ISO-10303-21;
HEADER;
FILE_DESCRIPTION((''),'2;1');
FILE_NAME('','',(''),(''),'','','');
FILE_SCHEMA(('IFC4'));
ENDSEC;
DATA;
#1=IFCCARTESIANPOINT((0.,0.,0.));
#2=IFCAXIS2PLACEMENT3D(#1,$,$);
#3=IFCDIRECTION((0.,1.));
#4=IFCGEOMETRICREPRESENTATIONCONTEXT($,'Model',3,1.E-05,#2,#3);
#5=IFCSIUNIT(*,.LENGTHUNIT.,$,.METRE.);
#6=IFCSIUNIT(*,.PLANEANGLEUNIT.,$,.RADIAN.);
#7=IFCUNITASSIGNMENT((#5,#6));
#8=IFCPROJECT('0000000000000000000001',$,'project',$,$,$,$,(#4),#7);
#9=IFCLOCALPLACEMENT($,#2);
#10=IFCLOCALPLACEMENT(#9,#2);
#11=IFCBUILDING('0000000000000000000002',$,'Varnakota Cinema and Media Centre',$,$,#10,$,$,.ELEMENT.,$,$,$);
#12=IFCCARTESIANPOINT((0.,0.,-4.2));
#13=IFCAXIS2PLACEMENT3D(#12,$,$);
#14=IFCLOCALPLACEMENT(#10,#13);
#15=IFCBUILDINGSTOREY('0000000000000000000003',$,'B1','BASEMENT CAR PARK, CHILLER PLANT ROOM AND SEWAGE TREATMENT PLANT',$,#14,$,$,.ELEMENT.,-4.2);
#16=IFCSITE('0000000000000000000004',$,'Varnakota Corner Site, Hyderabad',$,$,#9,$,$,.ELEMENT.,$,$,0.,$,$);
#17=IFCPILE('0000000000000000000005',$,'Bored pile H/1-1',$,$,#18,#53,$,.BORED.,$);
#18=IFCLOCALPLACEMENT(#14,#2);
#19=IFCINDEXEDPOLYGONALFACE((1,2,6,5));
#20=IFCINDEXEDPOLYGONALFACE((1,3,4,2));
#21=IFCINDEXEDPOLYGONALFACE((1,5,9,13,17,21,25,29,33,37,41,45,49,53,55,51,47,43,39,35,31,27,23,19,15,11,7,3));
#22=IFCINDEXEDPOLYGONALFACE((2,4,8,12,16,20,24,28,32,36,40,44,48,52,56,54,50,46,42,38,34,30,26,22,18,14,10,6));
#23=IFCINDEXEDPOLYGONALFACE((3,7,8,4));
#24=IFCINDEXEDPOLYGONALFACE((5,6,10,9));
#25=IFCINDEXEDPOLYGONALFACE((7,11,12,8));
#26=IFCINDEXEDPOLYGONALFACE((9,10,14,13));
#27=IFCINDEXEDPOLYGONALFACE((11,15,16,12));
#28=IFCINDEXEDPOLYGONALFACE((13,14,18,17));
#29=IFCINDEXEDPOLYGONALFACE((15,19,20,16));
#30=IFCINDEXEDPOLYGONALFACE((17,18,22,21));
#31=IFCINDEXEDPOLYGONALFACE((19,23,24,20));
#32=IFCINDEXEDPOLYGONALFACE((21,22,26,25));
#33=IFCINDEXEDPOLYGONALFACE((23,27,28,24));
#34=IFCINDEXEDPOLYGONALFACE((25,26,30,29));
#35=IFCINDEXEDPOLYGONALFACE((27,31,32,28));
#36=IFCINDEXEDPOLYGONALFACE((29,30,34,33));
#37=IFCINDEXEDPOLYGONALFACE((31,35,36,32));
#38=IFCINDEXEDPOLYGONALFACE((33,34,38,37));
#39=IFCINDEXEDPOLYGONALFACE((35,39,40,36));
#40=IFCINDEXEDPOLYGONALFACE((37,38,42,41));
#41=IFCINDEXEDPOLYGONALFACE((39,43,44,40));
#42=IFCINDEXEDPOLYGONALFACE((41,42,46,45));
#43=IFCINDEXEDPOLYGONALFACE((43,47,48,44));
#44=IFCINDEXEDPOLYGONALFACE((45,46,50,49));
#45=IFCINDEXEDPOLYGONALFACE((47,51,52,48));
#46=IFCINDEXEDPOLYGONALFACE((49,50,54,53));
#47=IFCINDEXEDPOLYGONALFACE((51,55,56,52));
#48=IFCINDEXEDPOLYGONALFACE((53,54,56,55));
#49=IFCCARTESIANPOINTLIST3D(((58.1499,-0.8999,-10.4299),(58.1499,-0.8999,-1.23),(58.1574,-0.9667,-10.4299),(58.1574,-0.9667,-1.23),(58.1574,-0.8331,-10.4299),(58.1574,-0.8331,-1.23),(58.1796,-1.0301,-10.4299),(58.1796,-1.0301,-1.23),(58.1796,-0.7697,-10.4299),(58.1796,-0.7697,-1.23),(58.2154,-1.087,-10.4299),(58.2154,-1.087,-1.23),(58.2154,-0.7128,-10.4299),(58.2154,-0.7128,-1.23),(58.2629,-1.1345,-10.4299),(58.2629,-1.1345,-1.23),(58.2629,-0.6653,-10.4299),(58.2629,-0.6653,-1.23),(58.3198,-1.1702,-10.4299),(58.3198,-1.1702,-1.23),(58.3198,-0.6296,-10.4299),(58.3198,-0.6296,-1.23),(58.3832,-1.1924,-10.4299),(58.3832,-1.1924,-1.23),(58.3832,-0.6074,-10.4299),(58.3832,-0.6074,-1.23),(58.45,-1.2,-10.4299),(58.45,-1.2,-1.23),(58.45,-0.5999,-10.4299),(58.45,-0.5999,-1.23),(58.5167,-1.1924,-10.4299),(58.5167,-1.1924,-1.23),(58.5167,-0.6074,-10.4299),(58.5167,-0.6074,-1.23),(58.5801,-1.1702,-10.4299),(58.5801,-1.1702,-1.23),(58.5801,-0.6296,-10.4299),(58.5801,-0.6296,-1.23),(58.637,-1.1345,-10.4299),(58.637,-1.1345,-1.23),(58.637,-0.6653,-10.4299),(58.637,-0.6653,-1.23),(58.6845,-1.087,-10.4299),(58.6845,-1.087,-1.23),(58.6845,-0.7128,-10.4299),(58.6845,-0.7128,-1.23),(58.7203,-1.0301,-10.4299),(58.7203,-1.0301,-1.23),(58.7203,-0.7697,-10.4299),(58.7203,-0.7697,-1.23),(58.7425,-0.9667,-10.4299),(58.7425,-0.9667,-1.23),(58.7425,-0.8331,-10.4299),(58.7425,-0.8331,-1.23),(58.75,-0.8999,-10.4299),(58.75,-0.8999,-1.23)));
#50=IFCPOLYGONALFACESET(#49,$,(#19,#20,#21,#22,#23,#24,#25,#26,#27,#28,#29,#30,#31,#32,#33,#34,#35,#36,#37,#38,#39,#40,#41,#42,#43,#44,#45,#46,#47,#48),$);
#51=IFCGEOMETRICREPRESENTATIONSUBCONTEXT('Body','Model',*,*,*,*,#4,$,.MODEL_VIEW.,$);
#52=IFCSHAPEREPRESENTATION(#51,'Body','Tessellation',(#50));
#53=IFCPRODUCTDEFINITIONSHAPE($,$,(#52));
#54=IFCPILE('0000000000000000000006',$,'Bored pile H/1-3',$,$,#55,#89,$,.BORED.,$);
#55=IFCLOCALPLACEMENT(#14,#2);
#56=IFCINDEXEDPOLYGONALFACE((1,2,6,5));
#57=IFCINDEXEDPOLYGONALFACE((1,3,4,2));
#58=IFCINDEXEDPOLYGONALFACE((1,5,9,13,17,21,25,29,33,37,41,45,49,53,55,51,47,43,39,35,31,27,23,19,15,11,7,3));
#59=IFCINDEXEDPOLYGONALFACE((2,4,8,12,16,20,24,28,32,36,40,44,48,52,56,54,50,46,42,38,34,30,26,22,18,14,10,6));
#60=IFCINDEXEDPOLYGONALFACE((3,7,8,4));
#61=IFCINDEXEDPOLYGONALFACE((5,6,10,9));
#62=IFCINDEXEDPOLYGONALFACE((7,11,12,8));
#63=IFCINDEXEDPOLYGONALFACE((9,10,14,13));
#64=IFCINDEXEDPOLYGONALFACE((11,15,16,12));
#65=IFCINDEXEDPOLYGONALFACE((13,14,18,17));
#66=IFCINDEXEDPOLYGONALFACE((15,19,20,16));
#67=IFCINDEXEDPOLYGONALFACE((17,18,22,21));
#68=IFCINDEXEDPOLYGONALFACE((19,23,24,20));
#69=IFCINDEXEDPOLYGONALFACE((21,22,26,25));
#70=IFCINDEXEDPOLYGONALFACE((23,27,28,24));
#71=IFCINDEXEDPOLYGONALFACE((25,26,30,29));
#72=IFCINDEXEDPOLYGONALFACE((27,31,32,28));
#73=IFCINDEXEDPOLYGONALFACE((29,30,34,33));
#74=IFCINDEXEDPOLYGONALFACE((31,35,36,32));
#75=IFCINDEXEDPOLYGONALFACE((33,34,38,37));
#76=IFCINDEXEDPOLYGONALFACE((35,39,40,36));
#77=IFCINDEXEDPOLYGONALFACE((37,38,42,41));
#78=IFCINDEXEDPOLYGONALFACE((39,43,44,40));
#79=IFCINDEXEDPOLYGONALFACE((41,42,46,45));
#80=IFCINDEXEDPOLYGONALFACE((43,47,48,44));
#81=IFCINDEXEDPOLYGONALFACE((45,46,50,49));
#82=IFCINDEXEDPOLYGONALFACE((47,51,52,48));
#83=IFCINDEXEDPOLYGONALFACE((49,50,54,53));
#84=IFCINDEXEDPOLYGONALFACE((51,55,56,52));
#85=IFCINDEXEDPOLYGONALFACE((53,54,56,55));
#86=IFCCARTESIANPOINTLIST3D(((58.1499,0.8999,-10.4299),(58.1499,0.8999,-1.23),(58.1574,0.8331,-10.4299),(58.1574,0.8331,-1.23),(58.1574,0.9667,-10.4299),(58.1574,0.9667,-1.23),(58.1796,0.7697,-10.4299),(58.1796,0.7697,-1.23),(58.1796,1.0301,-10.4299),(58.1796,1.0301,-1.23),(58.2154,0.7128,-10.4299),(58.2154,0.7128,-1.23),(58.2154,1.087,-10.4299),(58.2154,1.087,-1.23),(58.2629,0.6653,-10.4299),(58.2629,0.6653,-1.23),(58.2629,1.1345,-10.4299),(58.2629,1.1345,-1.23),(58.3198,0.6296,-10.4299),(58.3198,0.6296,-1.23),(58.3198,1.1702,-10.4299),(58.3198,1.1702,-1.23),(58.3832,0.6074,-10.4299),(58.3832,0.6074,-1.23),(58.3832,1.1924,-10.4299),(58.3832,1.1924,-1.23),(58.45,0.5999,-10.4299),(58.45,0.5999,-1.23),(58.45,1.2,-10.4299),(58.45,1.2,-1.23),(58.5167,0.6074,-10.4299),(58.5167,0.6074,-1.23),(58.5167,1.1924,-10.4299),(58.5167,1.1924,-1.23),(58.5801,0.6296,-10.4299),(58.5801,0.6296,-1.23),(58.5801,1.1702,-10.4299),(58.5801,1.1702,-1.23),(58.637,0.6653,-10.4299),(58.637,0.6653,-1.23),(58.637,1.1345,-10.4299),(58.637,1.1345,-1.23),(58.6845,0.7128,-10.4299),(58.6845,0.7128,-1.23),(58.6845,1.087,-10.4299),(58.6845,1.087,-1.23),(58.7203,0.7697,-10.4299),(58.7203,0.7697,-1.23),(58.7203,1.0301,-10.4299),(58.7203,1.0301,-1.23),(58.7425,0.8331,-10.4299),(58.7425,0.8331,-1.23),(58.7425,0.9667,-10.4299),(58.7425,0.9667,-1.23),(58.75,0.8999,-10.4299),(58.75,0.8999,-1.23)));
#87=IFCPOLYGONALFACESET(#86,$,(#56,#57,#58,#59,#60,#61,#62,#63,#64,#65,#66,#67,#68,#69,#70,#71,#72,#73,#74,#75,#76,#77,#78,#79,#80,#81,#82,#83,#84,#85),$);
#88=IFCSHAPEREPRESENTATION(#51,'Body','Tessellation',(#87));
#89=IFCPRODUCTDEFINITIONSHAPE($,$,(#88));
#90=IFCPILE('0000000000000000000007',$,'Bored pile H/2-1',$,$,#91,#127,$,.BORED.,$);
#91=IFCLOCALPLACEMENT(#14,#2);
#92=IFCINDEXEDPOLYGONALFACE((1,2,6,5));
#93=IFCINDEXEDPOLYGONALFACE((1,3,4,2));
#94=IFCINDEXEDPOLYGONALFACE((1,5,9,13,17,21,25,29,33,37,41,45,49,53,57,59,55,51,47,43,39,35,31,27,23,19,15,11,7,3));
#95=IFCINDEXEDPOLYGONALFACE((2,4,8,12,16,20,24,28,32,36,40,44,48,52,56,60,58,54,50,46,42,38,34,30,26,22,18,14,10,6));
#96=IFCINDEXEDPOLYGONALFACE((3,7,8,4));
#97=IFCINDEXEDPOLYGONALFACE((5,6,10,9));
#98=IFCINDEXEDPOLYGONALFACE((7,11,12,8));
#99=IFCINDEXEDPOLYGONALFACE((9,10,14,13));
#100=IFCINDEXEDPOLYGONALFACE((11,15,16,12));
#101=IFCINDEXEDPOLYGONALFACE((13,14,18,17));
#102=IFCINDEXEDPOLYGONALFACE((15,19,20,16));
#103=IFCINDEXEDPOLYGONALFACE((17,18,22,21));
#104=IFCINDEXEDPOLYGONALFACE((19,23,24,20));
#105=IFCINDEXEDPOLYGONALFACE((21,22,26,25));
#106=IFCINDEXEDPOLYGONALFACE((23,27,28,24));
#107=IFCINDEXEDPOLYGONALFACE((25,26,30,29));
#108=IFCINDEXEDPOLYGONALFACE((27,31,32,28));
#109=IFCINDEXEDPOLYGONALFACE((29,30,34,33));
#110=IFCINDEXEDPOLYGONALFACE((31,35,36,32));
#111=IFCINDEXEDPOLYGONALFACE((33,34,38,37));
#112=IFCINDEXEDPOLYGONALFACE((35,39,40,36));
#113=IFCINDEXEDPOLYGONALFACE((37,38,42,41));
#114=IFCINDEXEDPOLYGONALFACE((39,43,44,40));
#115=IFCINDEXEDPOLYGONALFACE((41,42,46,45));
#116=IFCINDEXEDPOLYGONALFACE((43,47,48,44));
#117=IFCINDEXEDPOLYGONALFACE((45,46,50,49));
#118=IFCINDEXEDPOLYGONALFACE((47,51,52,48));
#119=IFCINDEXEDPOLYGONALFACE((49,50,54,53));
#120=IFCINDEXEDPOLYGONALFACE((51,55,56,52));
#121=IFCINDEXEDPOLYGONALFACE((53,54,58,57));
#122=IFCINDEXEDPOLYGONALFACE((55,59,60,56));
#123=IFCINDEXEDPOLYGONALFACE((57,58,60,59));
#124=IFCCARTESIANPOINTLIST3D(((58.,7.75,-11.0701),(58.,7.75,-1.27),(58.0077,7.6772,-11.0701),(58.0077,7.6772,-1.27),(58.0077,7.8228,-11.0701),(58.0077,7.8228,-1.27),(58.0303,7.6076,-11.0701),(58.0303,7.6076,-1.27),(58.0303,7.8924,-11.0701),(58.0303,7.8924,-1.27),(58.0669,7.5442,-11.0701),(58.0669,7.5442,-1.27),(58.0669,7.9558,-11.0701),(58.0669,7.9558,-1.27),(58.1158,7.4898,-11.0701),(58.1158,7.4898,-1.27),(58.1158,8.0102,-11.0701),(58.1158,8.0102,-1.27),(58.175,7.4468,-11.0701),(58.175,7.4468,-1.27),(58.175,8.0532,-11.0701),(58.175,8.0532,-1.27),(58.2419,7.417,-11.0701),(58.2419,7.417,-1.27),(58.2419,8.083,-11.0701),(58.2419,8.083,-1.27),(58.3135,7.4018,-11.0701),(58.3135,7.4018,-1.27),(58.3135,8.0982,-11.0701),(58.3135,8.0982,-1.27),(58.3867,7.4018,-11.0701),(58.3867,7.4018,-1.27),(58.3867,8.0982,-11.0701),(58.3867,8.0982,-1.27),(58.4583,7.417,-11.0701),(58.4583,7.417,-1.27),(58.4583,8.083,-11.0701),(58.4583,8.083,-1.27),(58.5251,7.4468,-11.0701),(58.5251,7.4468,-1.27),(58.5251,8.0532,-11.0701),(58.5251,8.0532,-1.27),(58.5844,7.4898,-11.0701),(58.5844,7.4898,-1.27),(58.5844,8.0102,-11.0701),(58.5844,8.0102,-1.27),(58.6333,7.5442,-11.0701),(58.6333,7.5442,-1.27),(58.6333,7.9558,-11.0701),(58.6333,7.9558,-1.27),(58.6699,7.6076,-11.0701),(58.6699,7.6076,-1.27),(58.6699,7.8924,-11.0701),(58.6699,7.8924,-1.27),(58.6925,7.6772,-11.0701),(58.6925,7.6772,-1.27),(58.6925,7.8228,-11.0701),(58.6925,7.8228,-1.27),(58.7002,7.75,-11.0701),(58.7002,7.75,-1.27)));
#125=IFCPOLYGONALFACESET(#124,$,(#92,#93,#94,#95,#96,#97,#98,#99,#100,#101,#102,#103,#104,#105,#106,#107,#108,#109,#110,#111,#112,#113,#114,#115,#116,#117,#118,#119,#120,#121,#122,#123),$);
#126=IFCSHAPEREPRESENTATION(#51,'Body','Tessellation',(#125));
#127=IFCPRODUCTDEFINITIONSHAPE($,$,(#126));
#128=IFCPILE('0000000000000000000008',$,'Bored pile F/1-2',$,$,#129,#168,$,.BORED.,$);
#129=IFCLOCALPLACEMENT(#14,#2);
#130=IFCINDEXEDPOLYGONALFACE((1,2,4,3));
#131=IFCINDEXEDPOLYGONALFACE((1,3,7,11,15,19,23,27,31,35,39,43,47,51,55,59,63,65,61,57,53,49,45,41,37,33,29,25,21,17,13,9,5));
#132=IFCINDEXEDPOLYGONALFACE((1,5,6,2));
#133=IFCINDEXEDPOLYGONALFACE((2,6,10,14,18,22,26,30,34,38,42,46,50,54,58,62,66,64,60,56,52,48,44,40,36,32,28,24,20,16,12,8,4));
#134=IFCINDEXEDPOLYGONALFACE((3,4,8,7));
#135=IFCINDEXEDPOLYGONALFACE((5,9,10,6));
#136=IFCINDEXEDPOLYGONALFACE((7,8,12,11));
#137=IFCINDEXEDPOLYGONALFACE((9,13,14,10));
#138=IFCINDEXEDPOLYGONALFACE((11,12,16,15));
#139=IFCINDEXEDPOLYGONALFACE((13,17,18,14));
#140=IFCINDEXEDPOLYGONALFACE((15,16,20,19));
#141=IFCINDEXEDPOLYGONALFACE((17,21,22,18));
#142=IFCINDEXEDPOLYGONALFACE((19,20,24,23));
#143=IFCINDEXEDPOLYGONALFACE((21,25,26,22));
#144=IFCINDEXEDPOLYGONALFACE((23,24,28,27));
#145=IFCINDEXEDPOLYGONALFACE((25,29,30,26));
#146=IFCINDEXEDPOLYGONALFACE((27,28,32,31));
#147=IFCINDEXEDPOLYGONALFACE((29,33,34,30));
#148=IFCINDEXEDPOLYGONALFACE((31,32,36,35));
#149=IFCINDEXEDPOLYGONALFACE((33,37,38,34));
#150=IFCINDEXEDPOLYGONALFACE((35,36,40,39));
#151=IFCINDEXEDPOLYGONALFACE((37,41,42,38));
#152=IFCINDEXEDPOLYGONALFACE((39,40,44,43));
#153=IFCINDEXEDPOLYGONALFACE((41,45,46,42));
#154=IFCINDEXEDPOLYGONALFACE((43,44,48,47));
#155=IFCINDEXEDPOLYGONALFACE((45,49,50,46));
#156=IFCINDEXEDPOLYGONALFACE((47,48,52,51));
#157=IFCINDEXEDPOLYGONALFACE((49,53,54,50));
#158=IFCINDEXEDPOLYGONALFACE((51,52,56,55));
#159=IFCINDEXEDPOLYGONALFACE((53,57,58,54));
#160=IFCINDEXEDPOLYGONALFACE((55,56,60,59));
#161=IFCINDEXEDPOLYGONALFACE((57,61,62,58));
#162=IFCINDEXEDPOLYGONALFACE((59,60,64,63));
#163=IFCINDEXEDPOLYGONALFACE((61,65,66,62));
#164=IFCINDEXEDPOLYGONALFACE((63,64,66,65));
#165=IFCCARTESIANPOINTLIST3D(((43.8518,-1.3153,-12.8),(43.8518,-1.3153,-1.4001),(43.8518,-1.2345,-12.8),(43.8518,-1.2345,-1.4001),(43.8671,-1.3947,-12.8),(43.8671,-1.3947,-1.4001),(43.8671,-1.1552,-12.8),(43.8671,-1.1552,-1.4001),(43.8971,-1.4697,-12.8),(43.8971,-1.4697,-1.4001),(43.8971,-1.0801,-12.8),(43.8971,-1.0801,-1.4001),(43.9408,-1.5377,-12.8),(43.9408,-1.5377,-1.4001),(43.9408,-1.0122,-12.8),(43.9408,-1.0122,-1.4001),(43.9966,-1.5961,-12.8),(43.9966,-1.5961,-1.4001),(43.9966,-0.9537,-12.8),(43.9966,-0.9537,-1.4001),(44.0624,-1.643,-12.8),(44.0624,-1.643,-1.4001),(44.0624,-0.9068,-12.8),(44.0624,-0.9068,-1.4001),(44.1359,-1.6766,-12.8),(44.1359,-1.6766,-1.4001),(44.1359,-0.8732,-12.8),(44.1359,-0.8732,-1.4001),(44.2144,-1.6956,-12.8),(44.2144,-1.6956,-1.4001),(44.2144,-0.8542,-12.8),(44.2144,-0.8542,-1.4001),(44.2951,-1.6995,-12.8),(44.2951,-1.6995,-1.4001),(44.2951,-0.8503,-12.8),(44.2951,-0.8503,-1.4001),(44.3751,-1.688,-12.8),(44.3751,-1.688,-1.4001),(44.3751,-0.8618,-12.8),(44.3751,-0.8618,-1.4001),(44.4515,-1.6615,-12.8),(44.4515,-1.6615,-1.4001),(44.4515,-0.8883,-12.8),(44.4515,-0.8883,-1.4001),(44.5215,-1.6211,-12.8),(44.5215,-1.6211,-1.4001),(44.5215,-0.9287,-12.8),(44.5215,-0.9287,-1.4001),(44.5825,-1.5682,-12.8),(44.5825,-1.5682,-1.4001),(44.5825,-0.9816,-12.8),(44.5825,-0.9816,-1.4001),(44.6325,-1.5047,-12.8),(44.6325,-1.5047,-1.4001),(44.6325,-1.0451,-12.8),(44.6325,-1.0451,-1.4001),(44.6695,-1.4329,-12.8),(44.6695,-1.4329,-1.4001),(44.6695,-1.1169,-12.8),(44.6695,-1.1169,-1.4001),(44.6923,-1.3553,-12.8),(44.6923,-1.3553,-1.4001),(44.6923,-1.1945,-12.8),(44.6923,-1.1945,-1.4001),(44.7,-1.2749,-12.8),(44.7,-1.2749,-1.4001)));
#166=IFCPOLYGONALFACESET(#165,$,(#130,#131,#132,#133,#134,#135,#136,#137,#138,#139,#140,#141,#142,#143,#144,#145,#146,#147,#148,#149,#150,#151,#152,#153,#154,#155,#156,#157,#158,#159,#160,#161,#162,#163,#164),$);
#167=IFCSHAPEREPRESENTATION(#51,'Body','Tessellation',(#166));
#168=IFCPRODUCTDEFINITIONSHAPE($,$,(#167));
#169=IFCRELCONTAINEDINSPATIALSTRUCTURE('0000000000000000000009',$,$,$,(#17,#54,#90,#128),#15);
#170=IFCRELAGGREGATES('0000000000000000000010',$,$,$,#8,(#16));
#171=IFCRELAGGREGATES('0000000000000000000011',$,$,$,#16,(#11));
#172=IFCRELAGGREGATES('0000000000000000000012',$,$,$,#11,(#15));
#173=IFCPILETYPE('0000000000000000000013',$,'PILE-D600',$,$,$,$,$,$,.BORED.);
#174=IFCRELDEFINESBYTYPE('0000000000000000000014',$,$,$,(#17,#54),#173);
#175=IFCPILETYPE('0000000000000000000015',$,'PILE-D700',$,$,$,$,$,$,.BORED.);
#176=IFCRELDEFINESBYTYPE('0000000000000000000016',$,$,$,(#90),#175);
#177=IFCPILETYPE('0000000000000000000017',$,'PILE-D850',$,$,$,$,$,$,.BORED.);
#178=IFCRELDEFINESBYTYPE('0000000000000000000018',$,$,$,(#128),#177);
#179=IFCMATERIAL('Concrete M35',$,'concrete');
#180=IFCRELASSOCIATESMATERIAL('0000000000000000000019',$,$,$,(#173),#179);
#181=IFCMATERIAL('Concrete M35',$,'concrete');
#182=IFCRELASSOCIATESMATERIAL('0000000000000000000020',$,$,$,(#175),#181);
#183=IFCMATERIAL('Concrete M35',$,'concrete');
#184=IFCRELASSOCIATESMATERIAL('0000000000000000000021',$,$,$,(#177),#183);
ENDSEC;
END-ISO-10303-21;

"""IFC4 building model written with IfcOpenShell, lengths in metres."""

from ifc_helpers import new_model, si_unit, direction, frame, origin, origin_2d, place, context, subcontext, project, spatial, circle, extrude, material, material_profile, profile_set, type_object, element, save


model = new_model("IFC4")

# Units and contexts
model_context = context("Model", 3, precision=1e-05, world=origin(), true_north=direction((0.0, 1.0)))
body_context = subcontext(model_context, "Body", "Model", "MODEL_VIEW")
ifc_project = project(units=[si_unit("LENGTHUNIT", "METRE"), si_unit("PLANEANGLEUNIT", "RADIAN")], contexts=[model_context])

# Site, building, storey
site_placement = place(None, origin())
site = spatial("IfcSite", under=ifc_project, at=site_placement, Name="Varnakota Corner Site, Hyderabad", CompositionType="ELEMENT", RefElevation=0.0)
building_placement = place(site_placement, origin())
building = spatial("IfcBuilding", under=site, at=building_placement, Name="Varnakota Cinema and Media Centre", CompositionType="ELEMENT")
storey_placement = place(building_placement, frame((0.0, 0.0, -4.2)))
storey = spatial("IfcBuildingStorey", under=building, at=storey_placement, Name="B1", Description="BASEMENT CAR PARK, CHILLER PLANT ROOM AND SEWAGE TREATMENT PLANT", CompositionType="ELEMENT", Elevation=-4.2)

# Piles
ifc_material_1 = material(Name="Concrete M35", Category="concrete")
ifc_material_profile_1 = material_profile(ifc_material_1, circle(Radius=0.3, at=origin_2d()), Name="PILE D600")
ifc_profile_set_1 = profile_set([ifc_material_profile_1], Name="Concrete M35")
pile_type_1 = type_object("IfcPileType", Name="PILE-D600", PredefinedType="BORED", material=ifc_profile_set_1)
for number, where, z_axis, x_axis, name in (
    (1, (58.45, -0.8999, -1.23), (0.0, 0.0, -1.0), (1.0, 0.0, 0.0), "Bored pile H/1-1"),
    (2, (58.45, 0.8999, -1.23), (0.0, 0.0, -1.0), (1.0, 0.0, 0.0), "Bored pile H/1-3"),
):
    element("IfcPile", number, at=place(storey_placement, frame(where, z_axis=z_axis, x_axis=x_axis)), inside=storey, type_object=pile_type_1, Name=name, PredefinedType="BORED", context=body_context, shape_type="SweptSolid", body=[
        extrude(circle(Radius=0.3, at=origin_2d()), origin(), (0.0, 0.0, 1.0), 9.2),
    ])
ifc_material_2 = material(Name="Concrete M35", Category="concrete")
ifc_material_profile_2 = material_profile(ifc_material_2, circle(Radius=0.3501, at=origin_2d()), Name="PILE D700")
ifc_profile_set_2 = profile_set([ifc_material_profile_2], Name="Concrete M35")
pile_type_2 = type_object("IfcPileType", Name="PILE-D700", PredefinedType="BORED", material=ifc_profile_set_2)
pile_1_placement = place(storey_placement, frame((58.3501, 7.75, -1.27), z_axis=(0.0, 0.0, -1.0), x_axis=(1.0, 0.0, 0.0)))
element("IfcPile", 3, at=pile_1_placement, inside=storey, type_object=pile_type_2, Name="Bored pile H/2-1", PredefinedType="BORED", context=body_context, shape_type="SweptSolid", body=[
    extrude(circle(Radius=0.3501, at=origin_2d()), origin(), (0.0, 0.0, 1.0), 9.8),
])
ifc_material_3 = material(Name="Concrete M35", Category="concrete")
ifc_material_profile_3 = material_profile(ifc_material_3, circle(Radius=0.425, at=origin_2d()), Name="PILE D850")
ifc_profile_set_3 = profile_set([ifc_material_profile_3], Name="Concrete M35")
pile_type_3 = type_object("IfcPileType", Name="PILE-D850", PredefinedType="BORED", material=ifc_profile_set_3)
for number, where, z_axis, x_axis, name in (
    (4, (44.2749, -1.2749, -1.4001), (0.0, 0.0, -1.0), (1.0, 0.0, 0.0), "Bored pile F/1-2"),
):
    element("IfcPile", number, at=place(storey_placement, frame(where, z_axis=z_axis, x_axis=x_axis)), inside=storey, type_object=pile_type_3, Name=name, PredefinedType="BORED", context=body_context, shape_type="SweptSolid", body=[
        extrude(circle(Radius=0.425, at=origin_2d()), origin(), (0.0, 0.0, 1.0), 11.3999),
    ])

save(model, "model.ifc")
